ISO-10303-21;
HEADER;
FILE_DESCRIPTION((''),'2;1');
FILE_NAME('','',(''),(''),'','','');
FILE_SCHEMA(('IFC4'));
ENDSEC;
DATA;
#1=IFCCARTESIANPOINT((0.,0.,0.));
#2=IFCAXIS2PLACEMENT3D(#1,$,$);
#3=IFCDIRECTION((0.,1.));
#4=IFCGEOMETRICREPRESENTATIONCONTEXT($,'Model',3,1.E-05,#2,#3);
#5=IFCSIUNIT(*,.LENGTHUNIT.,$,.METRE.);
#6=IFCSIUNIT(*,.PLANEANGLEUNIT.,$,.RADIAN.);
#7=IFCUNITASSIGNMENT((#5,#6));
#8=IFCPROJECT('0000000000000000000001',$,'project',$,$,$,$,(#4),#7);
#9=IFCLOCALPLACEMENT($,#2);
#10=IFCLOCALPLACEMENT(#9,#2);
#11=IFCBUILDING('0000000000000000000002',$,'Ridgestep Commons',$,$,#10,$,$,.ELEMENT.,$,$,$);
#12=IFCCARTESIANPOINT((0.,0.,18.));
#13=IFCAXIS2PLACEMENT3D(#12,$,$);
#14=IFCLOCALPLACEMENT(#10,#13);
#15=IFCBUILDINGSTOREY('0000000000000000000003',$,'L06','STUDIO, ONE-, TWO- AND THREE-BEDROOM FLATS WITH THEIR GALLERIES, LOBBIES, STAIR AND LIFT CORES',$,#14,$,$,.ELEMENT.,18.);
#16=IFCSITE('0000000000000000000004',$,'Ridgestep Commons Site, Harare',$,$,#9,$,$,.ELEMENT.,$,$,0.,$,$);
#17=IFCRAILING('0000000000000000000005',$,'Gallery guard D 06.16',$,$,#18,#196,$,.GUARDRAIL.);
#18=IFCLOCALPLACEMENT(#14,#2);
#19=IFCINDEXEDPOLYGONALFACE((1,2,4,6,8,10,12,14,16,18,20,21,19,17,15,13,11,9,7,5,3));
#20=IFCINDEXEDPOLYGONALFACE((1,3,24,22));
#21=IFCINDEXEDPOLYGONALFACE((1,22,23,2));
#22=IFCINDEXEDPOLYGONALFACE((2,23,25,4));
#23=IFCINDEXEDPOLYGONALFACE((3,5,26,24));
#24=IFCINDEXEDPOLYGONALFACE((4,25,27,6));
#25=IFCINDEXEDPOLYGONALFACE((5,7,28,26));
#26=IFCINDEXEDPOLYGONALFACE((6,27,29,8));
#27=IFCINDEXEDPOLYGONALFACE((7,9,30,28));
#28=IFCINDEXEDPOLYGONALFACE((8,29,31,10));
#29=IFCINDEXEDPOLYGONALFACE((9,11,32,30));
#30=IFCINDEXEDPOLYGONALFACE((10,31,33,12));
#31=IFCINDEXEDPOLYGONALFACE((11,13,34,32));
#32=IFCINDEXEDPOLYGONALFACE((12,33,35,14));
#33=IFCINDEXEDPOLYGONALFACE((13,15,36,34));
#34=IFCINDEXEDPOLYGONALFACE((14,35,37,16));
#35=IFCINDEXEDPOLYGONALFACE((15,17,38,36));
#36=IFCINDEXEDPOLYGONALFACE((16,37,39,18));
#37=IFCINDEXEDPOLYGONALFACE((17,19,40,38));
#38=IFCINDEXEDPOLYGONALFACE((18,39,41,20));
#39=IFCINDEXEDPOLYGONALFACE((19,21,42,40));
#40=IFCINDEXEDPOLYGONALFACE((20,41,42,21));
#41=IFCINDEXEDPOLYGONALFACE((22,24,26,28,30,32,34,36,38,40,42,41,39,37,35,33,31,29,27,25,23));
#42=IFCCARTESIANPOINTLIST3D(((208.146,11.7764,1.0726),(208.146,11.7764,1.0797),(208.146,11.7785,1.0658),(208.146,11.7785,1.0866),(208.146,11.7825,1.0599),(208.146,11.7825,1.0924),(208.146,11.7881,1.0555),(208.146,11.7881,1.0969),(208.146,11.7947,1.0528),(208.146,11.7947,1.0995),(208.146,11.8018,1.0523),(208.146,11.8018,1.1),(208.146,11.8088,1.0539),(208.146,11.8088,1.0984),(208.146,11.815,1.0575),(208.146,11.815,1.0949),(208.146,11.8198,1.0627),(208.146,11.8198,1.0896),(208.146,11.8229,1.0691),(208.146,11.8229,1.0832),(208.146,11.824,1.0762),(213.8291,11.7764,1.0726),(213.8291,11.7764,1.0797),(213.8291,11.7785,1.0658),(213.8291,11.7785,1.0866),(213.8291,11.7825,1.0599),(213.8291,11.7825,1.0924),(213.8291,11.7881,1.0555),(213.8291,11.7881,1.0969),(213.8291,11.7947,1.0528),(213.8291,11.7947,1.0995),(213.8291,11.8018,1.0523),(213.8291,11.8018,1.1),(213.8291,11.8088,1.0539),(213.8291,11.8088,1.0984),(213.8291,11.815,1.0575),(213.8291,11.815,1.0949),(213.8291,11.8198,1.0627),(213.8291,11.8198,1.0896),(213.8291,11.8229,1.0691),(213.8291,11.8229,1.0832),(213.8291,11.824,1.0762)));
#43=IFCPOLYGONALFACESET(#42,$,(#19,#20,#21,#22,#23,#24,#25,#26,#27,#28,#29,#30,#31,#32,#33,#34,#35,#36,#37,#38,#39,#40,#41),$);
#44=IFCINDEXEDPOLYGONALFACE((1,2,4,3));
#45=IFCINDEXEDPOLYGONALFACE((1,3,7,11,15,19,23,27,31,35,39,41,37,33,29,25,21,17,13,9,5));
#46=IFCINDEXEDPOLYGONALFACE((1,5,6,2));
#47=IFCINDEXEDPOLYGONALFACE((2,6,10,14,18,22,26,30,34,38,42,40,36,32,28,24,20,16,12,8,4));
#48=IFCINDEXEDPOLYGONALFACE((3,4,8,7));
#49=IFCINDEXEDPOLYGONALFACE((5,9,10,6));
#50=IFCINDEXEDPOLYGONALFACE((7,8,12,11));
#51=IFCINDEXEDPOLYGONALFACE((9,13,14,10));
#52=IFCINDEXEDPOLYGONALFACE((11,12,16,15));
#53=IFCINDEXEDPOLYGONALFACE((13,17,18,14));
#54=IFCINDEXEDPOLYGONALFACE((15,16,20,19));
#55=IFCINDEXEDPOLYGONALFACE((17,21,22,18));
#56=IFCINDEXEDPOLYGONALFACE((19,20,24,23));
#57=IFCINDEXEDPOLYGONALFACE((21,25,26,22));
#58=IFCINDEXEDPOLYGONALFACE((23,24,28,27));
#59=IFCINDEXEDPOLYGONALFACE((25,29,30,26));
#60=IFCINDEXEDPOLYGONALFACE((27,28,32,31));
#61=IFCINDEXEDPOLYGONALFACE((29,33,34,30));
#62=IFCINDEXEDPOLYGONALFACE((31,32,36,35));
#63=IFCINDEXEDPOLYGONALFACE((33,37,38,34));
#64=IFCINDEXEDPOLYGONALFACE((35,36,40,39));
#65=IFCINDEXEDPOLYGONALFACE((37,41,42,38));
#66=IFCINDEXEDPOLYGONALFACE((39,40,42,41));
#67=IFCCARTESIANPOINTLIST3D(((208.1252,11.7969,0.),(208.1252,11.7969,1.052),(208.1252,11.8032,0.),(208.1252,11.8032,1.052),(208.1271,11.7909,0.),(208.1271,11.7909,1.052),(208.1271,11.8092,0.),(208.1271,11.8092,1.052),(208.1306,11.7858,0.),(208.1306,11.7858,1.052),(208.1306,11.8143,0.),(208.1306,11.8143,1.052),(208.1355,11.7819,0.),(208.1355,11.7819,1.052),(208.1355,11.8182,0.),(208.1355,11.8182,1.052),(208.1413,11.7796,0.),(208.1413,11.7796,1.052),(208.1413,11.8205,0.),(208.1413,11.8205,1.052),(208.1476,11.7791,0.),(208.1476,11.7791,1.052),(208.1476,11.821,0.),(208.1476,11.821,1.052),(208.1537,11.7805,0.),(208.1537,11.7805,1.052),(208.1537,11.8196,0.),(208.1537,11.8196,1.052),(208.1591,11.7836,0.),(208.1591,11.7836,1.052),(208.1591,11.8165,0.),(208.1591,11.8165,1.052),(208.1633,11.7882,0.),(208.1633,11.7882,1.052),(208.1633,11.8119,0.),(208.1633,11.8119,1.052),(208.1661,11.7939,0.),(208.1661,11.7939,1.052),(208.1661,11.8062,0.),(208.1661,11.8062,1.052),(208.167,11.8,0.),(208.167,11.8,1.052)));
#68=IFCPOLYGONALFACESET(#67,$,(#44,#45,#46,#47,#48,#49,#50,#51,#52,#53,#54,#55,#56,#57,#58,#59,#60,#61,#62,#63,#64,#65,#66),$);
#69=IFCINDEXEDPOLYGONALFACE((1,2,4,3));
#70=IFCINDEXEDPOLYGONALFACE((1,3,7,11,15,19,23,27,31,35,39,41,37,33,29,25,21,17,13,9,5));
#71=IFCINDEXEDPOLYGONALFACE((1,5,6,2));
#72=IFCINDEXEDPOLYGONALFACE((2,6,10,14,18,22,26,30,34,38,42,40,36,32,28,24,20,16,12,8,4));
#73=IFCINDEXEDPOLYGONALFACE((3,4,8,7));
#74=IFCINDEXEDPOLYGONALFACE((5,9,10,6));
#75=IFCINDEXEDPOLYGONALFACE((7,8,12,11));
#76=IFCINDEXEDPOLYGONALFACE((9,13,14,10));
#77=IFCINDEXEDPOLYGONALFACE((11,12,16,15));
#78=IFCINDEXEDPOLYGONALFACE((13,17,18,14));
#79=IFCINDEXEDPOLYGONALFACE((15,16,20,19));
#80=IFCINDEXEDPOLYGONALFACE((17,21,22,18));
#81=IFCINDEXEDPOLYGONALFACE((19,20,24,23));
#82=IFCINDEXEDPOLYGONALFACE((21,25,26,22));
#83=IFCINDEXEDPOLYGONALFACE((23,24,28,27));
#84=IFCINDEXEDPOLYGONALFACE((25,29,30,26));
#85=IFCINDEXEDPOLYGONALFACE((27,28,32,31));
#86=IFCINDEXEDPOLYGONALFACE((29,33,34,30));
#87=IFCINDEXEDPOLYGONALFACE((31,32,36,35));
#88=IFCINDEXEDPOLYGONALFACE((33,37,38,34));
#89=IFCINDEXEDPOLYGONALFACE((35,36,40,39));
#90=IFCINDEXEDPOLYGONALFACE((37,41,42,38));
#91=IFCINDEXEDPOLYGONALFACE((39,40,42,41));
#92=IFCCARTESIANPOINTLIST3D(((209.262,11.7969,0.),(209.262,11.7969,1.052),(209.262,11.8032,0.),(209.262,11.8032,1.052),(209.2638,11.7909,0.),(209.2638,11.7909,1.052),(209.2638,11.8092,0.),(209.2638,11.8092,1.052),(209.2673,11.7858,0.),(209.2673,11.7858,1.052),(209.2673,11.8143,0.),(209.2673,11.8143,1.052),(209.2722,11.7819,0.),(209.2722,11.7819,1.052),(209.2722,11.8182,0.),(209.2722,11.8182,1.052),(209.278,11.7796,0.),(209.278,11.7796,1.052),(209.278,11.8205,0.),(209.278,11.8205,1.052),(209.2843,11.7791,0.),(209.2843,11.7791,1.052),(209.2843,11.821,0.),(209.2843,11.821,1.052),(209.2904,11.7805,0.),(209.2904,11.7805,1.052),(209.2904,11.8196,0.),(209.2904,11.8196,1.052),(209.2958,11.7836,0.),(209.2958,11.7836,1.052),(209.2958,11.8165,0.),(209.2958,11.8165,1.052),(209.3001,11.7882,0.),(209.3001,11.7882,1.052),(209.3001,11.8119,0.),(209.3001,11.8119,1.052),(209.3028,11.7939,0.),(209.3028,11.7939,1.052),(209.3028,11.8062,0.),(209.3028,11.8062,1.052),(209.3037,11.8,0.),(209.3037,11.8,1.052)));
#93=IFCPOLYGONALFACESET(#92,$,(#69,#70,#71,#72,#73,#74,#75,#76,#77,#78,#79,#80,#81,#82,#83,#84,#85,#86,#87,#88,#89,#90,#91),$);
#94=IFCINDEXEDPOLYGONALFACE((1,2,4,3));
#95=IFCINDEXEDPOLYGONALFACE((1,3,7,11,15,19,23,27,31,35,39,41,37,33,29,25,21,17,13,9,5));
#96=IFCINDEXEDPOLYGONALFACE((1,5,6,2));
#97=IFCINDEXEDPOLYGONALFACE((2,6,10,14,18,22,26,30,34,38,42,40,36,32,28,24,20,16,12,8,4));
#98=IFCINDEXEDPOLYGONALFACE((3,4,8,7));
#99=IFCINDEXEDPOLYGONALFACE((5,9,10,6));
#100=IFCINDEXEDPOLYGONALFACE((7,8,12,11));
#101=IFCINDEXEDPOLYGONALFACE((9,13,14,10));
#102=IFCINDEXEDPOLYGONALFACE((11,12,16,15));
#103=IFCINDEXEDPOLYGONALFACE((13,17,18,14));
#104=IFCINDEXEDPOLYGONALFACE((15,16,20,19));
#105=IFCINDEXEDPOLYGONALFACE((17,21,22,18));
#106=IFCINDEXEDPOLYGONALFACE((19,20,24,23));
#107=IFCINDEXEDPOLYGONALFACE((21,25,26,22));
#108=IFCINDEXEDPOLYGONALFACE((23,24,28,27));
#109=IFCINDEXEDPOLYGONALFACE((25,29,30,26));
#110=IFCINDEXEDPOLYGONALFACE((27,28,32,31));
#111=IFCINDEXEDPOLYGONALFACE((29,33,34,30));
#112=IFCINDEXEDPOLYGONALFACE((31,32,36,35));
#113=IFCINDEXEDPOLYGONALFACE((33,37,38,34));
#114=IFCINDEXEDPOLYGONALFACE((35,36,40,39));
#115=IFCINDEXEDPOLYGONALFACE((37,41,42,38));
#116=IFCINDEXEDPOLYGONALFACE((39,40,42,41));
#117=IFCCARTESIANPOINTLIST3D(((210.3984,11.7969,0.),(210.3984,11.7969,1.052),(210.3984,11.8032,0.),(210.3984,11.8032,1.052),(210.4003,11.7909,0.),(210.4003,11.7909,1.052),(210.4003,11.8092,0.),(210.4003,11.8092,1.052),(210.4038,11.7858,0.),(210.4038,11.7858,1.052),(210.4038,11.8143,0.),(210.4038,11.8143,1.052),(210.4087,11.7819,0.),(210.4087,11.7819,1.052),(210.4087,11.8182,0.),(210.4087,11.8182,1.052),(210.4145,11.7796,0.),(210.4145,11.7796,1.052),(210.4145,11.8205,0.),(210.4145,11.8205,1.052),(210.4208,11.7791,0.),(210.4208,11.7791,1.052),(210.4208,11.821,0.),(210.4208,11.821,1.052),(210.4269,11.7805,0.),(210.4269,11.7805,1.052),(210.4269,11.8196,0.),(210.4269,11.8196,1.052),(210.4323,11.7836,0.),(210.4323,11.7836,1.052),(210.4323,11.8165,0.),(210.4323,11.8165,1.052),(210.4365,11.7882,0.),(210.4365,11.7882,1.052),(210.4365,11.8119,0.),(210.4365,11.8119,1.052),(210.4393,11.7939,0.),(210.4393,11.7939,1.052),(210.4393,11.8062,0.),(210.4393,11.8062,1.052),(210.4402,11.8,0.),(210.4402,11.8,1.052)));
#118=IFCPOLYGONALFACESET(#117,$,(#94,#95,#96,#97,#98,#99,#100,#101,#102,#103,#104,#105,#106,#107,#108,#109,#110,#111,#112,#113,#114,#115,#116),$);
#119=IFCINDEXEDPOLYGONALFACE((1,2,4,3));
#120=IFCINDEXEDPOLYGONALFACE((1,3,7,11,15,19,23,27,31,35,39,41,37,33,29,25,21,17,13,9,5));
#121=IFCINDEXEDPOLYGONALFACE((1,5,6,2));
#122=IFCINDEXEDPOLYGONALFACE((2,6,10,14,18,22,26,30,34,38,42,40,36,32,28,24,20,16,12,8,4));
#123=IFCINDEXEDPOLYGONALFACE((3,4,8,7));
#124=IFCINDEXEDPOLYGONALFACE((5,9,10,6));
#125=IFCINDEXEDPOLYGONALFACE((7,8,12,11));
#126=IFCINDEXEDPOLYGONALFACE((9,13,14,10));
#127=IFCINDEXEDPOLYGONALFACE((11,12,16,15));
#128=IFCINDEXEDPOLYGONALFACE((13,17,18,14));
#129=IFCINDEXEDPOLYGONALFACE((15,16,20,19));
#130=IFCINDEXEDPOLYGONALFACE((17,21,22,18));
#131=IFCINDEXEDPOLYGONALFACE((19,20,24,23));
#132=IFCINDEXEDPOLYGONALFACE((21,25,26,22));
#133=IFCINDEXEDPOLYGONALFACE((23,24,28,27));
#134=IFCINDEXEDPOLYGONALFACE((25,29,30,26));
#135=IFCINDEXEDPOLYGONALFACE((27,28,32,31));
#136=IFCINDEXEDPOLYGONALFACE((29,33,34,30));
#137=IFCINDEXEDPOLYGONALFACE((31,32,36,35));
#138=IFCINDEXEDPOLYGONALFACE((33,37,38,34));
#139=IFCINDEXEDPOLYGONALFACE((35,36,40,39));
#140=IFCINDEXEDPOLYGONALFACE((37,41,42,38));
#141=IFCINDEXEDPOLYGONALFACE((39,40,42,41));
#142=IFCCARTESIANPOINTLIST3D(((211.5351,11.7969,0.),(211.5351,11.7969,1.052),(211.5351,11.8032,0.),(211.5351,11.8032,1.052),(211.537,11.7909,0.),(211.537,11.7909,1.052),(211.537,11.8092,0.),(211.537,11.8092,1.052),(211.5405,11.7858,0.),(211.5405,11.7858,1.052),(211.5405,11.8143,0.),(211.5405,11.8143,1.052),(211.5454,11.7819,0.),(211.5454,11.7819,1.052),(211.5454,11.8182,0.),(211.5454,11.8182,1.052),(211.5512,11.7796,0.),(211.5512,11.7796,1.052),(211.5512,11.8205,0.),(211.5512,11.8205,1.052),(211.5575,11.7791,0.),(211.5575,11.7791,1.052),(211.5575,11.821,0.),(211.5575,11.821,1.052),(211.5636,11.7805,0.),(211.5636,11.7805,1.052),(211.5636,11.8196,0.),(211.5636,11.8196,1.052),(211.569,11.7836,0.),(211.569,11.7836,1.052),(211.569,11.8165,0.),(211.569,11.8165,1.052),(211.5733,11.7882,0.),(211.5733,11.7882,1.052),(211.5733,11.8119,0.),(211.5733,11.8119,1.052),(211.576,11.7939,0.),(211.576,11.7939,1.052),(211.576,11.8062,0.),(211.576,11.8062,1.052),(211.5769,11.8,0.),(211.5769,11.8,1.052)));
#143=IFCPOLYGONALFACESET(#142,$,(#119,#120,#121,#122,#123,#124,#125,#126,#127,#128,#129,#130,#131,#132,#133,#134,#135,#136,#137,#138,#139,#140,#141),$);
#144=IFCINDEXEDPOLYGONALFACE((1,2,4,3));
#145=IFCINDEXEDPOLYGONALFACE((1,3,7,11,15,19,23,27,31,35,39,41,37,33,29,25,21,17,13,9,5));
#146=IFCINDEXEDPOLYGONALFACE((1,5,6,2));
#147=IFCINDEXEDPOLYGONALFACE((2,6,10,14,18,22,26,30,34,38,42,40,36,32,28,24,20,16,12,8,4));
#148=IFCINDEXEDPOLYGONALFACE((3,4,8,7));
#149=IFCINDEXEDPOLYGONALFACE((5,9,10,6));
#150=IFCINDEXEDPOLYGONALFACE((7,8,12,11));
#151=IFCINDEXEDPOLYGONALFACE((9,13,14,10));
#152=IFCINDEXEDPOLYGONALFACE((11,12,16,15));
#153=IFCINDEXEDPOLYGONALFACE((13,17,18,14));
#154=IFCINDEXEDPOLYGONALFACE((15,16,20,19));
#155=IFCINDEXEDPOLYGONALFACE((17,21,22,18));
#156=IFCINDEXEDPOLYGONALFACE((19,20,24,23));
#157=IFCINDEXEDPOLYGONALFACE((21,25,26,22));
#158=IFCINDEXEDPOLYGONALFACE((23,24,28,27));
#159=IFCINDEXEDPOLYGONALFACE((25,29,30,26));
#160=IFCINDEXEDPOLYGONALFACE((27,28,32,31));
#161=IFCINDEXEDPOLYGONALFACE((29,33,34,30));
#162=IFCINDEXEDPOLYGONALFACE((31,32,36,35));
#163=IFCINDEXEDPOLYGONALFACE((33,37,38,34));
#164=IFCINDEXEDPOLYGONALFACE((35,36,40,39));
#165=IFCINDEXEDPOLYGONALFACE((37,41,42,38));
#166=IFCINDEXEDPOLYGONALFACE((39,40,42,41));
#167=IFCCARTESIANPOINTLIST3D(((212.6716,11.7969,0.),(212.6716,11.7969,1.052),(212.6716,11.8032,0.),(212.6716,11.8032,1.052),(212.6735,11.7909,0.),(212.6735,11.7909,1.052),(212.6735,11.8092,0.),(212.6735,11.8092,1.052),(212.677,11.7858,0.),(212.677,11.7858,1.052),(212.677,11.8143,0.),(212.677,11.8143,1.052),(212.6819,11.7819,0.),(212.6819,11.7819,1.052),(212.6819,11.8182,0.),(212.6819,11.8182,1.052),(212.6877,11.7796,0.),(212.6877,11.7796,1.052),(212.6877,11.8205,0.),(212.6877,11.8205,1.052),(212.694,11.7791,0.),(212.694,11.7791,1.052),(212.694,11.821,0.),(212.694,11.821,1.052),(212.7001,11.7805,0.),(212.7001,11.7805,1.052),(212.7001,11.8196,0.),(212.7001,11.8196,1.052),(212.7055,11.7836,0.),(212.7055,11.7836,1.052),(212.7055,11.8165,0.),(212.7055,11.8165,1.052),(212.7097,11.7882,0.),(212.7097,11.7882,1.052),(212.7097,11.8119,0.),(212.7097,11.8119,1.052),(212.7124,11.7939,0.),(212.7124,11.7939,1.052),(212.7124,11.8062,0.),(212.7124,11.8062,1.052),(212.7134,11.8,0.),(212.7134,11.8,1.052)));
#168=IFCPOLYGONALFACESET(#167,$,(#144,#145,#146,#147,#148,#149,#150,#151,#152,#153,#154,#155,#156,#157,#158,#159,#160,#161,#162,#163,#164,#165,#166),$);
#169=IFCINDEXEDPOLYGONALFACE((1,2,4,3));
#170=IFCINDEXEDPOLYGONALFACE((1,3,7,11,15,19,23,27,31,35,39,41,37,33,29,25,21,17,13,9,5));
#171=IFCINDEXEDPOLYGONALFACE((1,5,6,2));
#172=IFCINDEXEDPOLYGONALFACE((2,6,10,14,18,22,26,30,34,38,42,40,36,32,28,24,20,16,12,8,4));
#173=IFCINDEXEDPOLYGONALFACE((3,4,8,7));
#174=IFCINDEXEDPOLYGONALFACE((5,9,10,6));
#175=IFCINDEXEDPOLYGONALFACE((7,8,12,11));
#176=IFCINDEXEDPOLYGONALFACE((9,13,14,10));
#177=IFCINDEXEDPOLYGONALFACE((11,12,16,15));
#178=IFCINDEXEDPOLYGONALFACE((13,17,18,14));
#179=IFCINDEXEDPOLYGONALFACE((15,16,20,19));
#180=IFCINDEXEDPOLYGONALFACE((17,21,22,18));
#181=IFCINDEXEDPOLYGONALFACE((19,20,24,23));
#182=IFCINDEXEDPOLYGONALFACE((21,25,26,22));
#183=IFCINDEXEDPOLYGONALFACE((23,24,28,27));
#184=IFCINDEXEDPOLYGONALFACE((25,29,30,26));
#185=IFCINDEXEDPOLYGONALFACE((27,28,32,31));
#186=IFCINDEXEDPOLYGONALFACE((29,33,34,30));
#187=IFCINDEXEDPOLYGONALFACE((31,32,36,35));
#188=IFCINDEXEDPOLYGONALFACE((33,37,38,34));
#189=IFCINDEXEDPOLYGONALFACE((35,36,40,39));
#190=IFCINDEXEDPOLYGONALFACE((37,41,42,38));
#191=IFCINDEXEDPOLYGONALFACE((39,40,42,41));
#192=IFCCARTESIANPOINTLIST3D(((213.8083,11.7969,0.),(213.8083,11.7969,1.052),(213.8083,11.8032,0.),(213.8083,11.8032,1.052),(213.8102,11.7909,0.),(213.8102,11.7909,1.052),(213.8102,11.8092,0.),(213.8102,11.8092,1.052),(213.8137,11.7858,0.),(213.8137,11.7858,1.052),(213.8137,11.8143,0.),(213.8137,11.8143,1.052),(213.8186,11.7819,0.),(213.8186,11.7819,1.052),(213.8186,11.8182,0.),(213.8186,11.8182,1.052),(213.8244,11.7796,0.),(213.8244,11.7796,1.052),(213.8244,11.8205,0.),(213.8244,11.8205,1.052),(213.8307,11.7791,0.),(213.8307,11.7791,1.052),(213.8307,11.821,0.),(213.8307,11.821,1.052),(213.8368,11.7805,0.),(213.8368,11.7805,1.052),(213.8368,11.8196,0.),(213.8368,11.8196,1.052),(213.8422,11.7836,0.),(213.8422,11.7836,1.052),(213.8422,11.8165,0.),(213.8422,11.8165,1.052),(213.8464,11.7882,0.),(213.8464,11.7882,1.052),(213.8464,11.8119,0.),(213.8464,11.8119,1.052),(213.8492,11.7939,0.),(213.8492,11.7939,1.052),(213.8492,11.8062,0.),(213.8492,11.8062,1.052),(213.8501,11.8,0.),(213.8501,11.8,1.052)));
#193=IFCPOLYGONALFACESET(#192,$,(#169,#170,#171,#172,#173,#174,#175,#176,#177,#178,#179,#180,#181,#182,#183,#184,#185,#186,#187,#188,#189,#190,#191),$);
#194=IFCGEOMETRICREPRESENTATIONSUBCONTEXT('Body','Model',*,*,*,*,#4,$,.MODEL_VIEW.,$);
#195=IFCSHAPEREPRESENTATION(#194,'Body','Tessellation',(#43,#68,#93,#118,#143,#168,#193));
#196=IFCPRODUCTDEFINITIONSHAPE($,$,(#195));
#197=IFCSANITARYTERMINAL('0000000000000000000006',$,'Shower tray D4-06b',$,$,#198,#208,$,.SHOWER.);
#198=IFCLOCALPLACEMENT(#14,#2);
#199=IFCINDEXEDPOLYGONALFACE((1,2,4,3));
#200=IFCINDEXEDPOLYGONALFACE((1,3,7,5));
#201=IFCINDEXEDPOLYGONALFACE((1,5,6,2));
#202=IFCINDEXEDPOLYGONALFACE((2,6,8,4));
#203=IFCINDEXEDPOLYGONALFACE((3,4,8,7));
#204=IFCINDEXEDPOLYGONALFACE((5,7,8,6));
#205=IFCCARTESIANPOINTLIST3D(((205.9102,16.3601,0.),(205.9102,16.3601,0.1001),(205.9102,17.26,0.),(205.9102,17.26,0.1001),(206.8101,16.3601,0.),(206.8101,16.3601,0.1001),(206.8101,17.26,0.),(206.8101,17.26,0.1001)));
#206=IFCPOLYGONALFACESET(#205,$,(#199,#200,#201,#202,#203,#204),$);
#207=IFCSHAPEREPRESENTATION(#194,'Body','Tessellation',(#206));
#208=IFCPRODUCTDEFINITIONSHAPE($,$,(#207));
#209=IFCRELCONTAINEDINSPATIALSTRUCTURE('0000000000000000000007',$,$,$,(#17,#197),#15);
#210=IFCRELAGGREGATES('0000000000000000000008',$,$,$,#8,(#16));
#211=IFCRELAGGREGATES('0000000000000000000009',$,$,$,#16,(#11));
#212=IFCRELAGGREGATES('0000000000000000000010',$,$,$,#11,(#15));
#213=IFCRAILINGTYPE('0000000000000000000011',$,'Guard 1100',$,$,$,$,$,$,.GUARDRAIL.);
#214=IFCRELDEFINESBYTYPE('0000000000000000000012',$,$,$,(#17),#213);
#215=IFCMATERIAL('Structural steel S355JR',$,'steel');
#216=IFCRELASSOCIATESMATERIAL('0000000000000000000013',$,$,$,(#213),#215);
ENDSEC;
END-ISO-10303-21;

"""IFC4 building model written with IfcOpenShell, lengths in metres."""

from ifc_helpers import new_model, si_unit, direction, frame, origin, origin_2d, place, context, subcontext, project, spatial, rectangle, circle, extrude, material, type_object, element, save


model = new_model("IFC4")

# Units and contexts
model_context = context("Model", 3, precision=1e-05, world=origin(), true_north=direction((0.0, 1.0)))
body_context = subcontext(model_context, "Body", "Model", "MODEL_VIEW")
ifc_project = project(units=[si_unit("LENGTHUNIT", "METRE"), si_unit("PLANEANGLEUNIT", "RADIAN")], contexts=[model_context])

# Site, building, storey
site_placement = place(None, origin())
site = spatial("IfcSite", under=ifc_project, at=site_placement, Name="Ridgestep Commons Site, Harare", CompositionType="ELEMENT", RefElevation=0.0)
building_placement = place(site_placement, origin())
building = spatial("IfcBuilding", under=site, at=building_placement, Name="Ridgestep Commons", CompositionType="ELEMENT")
storey_placement = place(building_placement, frame((0.0, 0.0, 18.0)))
storey = spatial("IfcBuildingStorey", under=building, at=storey_placement, Name="L06", Description="STUDIO, ONE-, TWO- AND THREE-BEDROOM FLATS WITH THEIR GALLERIES, LOBBIES, STAIR AND LIFT CORES", CompositionType="ELEMENT", Elevation=18.0)

# Railing
ifc_material_1 = material(Name="Structural steel S355JR", Category="steel")
railing_type = type_object("IfcRailingType", Name="Guard 1100", PredefinedType="GUARDRAIL", material=ifc_material_1)
railing_1_placement = place(storey_placement, frame((208.146, 11.8, 0.0)))
element("IfcRailing", 1, at=railing_1_placement, inside=storey, type_object=railing_type, Name="Gallery guard D 06.16", PredefinedType="GUARDRAIL", context=body_context, shape_type="SweptSolid", body=[
    extrude(circle(Radius=0.0239, at=origin_2d()), frame((0.0, 0.0, 1.0762), z_axis=(1.0, 0.0, 0.0), x_axis=(0.0, 1.0, 0.0)), (0.0, 0.0, 1.0), 5.6831),
    extrude(circle(Radius=0.021, at=origin_2d()), origin(), (0.0, 0.0, 1.0), 1.052),
    extrude(circle(Radius=0.021, at=origin_2d()), frame((1.1367, 0.0, 0.0)), (0.0, 0.0, 1.0), 1.052),
    extrude(circle(Radius=0.021, at=origin_2d()), frame((2.2732, 0.0, 0.0)), (0.0, 0.0, 1.0), 1.052),
    extrude(circle(Radius=0.021, at=origin_2d()), frame((3.4099, 0.0, 0.0)), (0.0, 0.0, 1.0), 1.052),
    extrude(circle(Radius=0.021, at=origin_2d()), frame((4.5464, 0.0, 0.0)), (0.0, 0.0, 1.0), 1.052),
    extrude(circle(Radius=0.021, at=origin_2d()), frame((5.6831, 0.0, 0.0)), (0.0, 0.0, 1.0), 1.052),
])

# Sanitary terminal
sanitary_terminal_1_placement = place(storey_placement, frame((206.3601, 16.8101, 0.0), z_axis=(0.0, 0.0, 1.0), x_axis=(1.0, 0.0, 0.0)))
element("IfcSanitaryTerminal", 2, at=sanitary_terminal_1_placement, inside=storey, Name="Shower tray D4-06b", PredefinedType="SHOWER", context=body_context, shape_type="SweptSolid", body=[
    extrude(rectangle(XDim=0.8999, YDim=0.8999, at=origin_2d()), origin(), (0.0, 0.0, 1.0), 0.1001),
])

save(model, "model.ifc")
